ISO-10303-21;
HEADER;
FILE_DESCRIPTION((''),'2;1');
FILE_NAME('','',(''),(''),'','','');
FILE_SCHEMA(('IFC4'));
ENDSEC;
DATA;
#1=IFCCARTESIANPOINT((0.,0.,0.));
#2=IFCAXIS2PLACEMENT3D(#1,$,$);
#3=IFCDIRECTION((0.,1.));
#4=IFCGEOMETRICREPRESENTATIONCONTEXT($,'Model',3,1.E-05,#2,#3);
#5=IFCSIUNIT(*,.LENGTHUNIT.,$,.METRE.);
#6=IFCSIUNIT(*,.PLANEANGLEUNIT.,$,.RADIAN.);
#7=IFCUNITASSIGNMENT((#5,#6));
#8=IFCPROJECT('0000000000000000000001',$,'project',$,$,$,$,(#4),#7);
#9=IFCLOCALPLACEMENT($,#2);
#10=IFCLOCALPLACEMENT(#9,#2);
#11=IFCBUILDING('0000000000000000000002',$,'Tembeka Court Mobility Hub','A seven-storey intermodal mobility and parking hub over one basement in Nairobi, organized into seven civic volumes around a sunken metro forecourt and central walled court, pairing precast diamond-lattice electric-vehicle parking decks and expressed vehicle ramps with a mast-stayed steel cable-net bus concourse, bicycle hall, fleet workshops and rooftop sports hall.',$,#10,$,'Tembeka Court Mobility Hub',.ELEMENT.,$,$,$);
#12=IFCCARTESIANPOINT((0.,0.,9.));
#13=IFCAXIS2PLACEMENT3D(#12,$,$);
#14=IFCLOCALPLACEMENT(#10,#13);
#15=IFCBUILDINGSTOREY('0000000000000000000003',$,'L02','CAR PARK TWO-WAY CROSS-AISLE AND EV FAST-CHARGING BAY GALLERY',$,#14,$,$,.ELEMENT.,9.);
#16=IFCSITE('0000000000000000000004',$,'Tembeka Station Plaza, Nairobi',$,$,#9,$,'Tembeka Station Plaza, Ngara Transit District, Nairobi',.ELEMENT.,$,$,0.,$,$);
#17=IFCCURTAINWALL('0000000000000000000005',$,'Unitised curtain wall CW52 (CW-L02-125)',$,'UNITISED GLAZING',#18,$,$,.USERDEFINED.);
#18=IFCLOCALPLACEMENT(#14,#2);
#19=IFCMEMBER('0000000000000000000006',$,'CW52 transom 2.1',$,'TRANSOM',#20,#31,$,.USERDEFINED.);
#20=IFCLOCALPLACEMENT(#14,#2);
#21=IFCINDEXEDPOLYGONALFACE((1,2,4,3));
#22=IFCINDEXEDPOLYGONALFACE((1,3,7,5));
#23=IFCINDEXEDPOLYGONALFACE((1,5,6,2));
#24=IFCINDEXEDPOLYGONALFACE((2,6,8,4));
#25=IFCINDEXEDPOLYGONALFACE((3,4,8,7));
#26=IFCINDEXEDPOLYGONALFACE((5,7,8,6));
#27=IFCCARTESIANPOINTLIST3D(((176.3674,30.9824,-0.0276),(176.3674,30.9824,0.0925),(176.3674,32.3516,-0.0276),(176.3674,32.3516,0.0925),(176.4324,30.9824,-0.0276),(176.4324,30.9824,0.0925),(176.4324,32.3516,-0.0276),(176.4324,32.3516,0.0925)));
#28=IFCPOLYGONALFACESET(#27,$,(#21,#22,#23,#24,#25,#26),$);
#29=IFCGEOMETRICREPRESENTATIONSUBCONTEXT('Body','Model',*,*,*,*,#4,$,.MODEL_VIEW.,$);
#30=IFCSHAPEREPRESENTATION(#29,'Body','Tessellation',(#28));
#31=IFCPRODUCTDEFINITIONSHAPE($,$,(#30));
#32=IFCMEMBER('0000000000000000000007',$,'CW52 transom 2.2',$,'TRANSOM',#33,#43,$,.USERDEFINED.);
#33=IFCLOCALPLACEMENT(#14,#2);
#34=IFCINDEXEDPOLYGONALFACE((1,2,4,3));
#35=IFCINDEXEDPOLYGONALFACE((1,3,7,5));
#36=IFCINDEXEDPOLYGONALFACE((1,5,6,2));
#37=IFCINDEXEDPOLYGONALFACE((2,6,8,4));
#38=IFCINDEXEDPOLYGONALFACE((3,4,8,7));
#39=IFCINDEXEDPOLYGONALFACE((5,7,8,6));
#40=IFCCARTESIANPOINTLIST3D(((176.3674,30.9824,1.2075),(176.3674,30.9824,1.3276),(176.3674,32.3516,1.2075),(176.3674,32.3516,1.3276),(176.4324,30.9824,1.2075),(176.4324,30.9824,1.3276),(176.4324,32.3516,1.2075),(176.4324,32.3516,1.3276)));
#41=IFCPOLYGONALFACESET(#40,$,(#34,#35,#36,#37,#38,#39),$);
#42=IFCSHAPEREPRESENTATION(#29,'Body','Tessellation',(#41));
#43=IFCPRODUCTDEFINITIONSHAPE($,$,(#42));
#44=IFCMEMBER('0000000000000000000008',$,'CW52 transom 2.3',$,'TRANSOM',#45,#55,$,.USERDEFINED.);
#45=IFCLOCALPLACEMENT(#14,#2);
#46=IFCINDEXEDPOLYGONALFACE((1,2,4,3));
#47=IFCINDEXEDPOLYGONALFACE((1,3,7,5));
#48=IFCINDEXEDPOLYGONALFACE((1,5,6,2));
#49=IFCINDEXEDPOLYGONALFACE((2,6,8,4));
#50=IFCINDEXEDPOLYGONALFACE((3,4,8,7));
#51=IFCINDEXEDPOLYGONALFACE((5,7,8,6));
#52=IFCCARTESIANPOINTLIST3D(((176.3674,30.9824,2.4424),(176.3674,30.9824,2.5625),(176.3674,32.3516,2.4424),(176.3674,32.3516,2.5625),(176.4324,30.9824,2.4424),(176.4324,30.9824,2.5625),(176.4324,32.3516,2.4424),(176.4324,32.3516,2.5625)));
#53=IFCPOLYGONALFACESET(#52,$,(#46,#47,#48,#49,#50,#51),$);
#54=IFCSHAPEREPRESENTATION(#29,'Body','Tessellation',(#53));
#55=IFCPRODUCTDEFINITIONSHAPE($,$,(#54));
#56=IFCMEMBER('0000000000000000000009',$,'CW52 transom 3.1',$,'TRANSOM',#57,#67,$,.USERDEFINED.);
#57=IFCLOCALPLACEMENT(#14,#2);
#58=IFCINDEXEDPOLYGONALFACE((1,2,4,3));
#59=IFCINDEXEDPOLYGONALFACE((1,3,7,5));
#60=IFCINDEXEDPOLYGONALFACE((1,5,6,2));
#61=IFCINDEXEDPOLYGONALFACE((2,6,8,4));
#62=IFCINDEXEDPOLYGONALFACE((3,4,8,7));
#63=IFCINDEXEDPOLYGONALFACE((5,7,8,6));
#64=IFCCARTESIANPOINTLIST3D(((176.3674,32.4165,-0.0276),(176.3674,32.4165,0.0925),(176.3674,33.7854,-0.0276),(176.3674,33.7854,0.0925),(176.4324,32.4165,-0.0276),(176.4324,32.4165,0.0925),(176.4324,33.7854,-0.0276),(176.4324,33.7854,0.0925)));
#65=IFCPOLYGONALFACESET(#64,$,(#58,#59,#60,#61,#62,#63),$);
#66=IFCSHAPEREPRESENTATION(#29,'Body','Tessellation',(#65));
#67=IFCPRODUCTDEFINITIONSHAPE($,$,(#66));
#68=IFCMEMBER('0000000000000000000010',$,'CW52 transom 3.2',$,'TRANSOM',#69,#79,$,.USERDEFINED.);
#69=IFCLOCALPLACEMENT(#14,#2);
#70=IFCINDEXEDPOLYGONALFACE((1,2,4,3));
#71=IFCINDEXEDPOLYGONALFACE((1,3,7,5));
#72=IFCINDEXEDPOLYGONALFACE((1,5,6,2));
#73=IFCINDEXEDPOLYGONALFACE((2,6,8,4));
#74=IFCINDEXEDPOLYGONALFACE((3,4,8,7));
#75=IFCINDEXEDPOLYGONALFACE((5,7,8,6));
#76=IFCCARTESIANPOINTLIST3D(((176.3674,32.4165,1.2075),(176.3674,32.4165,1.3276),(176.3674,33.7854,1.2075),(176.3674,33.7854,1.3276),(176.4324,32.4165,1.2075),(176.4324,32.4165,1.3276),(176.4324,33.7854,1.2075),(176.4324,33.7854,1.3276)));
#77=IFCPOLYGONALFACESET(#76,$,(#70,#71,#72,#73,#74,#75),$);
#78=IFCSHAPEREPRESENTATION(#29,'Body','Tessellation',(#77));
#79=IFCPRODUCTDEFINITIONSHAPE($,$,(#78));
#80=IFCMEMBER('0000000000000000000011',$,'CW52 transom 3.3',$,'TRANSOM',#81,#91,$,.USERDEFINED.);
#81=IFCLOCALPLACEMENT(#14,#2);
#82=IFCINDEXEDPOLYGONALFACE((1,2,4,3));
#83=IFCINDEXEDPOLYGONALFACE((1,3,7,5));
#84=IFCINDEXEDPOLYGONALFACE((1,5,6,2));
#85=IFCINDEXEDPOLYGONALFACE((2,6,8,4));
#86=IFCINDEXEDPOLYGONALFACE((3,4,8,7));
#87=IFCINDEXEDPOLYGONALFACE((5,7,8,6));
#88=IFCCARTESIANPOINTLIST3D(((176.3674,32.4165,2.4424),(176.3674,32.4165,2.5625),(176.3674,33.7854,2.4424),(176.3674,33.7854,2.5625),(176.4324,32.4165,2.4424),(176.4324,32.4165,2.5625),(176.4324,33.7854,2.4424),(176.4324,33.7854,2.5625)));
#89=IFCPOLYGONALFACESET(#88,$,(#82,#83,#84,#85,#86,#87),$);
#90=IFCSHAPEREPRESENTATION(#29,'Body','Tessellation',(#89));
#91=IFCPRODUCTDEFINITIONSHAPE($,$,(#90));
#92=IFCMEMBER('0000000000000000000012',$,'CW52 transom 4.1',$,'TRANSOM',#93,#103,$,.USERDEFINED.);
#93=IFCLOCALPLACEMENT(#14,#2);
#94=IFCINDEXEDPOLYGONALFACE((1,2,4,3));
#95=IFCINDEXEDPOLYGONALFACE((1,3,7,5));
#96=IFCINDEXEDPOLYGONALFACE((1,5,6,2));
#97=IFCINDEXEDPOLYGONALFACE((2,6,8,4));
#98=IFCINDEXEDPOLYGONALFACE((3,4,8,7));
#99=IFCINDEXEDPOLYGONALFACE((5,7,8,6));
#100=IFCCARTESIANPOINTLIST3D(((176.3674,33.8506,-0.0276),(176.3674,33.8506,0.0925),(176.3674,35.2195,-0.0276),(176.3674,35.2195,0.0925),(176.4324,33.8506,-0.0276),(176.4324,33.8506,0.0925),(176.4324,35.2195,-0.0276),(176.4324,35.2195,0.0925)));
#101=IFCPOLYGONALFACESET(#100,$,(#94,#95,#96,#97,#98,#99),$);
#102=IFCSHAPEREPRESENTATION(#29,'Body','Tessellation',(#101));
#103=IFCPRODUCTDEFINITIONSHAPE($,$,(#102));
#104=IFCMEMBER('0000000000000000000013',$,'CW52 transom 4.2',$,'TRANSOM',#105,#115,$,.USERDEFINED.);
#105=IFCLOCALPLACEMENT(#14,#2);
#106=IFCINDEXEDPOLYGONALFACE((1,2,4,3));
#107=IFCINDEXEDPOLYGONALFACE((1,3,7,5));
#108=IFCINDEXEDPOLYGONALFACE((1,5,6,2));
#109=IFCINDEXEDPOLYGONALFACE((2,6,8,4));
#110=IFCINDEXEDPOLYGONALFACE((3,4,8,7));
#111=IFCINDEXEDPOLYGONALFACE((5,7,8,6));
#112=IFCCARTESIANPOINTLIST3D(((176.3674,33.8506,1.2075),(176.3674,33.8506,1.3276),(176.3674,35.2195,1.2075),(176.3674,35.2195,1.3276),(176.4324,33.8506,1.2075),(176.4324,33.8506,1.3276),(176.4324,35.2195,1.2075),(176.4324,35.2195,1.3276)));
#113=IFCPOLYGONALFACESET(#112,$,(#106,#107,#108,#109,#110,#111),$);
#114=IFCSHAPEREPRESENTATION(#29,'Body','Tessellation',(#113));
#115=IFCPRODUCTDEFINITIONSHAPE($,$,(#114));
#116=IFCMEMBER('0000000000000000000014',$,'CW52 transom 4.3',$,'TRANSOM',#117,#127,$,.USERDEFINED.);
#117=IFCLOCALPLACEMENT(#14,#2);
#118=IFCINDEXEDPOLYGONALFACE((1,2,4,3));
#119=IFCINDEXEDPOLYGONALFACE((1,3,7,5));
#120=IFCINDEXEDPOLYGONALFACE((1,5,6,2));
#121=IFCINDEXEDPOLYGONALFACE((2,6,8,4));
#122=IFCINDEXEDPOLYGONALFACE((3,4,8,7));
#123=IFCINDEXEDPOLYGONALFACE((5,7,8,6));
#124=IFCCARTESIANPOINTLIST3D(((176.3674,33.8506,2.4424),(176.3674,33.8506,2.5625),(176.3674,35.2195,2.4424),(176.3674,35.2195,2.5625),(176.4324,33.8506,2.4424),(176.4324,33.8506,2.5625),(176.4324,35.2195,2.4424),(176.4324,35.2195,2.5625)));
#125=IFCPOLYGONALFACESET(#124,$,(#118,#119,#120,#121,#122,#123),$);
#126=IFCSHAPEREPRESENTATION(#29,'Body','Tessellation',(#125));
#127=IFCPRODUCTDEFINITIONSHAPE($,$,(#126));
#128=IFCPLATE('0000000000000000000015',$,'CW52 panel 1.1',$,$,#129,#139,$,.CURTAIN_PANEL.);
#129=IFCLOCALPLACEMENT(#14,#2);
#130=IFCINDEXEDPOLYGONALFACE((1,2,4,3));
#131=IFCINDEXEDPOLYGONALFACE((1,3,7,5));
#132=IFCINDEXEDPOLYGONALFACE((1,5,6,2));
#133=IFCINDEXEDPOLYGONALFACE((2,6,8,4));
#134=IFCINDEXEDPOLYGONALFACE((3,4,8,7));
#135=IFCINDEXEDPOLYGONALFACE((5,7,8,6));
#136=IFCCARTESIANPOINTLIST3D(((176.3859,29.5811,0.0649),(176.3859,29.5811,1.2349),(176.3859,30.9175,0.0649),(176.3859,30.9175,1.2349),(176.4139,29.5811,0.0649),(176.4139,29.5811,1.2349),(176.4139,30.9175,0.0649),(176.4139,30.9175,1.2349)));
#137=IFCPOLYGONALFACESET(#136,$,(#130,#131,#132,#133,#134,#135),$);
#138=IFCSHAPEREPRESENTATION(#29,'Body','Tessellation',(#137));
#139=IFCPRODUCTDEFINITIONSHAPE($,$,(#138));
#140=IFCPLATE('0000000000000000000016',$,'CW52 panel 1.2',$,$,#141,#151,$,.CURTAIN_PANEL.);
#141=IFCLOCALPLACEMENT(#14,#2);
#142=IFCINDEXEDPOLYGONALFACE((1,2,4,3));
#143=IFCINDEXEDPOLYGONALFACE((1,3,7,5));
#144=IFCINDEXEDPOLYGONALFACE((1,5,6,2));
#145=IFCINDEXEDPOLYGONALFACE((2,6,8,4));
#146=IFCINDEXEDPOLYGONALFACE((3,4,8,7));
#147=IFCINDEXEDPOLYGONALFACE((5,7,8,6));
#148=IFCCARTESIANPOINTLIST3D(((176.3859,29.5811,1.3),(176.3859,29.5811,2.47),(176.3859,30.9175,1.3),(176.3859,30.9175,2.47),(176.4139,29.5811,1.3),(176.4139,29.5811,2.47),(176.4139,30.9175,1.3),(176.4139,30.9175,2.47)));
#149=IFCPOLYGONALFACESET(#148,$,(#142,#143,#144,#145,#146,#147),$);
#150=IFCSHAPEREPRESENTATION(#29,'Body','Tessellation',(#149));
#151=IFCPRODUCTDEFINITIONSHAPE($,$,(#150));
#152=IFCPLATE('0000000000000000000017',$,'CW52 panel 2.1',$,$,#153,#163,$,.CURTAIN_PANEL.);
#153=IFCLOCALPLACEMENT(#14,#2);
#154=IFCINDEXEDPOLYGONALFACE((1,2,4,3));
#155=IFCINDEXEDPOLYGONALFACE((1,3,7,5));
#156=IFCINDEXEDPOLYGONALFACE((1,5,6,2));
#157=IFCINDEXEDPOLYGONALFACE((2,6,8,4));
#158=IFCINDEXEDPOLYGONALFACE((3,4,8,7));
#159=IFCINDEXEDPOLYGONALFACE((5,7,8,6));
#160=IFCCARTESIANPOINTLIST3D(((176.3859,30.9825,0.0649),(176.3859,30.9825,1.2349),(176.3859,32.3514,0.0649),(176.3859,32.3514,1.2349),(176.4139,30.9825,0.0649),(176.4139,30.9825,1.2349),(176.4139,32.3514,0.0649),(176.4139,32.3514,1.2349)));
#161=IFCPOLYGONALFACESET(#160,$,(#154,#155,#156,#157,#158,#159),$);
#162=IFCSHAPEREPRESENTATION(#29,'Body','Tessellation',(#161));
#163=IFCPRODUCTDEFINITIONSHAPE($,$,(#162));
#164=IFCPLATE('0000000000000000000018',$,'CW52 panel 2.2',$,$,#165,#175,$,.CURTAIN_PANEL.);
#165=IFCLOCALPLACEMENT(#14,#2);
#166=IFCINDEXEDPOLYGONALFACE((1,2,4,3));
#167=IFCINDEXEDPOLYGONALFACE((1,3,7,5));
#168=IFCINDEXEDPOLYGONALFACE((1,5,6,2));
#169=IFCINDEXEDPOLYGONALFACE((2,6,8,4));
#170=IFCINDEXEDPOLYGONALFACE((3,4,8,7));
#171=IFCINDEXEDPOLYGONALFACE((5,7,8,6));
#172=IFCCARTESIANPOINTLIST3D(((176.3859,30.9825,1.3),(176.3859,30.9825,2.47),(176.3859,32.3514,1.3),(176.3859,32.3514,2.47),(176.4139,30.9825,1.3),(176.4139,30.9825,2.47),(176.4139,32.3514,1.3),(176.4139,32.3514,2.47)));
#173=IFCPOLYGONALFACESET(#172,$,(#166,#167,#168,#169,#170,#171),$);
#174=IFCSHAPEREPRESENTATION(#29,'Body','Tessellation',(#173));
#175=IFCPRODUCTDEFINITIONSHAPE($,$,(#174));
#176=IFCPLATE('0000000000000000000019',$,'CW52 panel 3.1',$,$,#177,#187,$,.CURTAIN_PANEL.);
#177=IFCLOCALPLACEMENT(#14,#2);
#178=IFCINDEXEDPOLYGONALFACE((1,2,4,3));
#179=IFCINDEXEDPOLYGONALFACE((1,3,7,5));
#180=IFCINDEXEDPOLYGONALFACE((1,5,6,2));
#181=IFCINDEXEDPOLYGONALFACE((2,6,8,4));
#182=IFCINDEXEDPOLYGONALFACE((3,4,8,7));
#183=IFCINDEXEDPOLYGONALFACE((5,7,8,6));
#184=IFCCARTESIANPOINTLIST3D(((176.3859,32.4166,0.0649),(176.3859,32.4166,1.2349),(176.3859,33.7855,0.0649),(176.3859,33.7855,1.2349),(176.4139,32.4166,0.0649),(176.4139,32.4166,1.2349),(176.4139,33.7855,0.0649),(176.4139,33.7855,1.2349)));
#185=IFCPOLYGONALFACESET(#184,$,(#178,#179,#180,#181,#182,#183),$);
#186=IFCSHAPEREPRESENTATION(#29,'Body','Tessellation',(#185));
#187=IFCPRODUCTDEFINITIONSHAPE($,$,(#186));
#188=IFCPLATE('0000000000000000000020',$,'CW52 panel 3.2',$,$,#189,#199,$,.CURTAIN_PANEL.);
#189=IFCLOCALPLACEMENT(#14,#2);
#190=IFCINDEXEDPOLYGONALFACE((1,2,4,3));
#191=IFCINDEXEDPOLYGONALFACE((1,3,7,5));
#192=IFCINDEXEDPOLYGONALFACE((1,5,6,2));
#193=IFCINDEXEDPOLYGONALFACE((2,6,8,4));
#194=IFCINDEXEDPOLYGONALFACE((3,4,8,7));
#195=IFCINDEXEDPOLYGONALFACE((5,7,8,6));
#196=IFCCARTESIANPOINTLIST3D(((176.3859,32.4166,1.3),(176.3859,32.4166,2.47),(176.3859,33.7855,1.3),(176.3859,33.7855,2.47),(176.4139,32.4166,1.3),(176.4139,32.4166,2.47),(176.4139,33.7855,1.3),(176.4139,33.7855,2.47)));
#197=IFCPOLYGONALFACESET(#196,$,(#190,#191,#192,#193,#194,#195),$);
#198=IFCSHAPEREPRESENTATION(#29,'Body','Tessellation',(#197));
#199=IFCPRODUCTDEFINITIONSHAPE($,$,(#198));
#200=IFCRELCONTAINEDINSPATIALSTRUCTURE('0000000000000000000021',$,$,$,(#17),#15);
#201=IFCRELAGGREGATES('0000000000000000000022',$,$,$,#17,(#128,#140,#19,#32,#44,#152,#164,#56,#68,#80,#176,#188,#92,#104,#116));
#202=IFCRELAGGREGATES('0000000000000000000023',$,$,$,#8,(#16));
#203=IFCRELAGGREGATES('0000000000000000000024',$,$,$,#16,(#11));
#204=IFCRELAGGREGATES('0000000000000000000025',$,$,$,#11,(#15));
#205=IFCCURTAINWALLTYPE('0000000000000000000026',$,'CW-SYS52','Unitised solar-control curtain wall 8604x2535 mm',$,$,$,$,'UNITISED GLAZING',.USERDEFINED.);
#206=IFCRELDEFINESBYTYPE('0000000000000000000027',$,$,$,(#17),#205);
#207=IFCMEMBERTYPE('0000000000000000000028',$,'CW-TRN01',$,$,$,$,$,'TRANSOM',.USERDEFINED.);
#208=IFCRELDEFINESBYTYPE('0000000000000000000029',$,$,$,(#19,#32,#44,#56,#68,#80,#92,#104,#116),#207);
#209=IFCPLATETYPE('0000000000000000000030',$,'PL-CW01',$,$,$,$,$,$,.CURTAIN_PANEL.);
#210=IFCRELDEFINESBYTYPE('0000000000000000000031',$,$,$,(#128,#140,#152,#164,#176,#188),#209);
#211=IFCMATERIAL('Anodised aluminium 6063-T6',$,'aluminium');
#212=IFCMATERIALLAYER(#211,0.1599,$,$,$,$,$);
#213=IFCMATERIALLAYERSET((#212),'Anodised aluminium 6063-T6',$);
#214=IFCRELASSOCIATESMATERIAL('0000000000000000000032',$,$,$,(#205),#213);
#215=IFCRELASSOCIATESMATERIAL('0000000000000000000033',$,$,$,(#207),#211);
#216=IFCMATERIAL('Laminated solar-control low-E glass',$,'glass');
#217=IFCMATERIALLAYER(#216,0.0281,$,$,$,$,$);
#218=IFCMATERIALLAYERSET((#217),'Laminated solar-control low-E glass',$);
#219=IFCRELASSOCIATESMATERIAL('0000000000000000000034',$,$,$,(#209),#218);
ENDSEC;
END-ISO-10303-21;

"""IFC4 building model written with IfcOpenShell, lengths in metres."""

from ifc_helpers import new_model, si_unit, direction, frame, origin, origin_2d, place, context, subcontext, project, spatial, rectangle, extrude, material, layer, layer_set, material_profile, profile_set, type_object, element, aggregate, save


model = new_model("IFC4")

# Units and contexts
model_context = context("Model", 3, precision=1e-05, world=origin(), true_north=direction((0.0, 1.0)))
body_context = subcontext(model_context, "Body", "Model", "MODEL_VIEW")
ifc_project = project(units=[si_unit("LENGTHUNIT", "METRE"), si_unit("PLANEANGLEUNIT", "RADIAN")], contexts=[model_context])

# Site, building, storey
site_placement = place(None, origin())
site = spatial("IfcSite", under=ifc_project, at=site_placement, Name="Tembeka Station Plaza, Nairobi", LongName="Tembeka Station Plaza, Ngara Transit District, Nairobi", CompositionType="ELEMENT", RefElevation=0.0)
building_placement = place(site_placement, origin())
building = spatial("IfcBuilding", under=site, at=building_placement, Name="Tembeka Court Mobility Hub", Description="A seven-storey intermodal mobility and parking hub over one basement in Nairobi, organized into seven civic volumes around a sunken metro forecourt and central walled court, pairing precast diamond-lattice electric-vehicle parking decks and expressed vehicle ramps with a mast-stayed steel cable-net bus concourse, bicycle hall, fleet workshops and rooftop sports hall.", LongName="Tembeka Court Mobility Hub", CompositionType="ELEMENT")
storey_placement = place(building_placement, frame((0.0, 0.0, 9.0)))
storey = spatial("IfcBuildingStorey", under=building, at=storey_placement, Name="L02", Description="CAR PARK TWO-WAY CROSS-AISLE AND EV FAST-CHARGING BAY GALLERY", CompositionType="ELEMENT", Elevation=9.0)

# Curtain wall
ifc_material_1 = material(Name="Anodised aluminium 6063-T6", Category="aluminium")
ifc_layer_1 = layer(ifc_material_1, 0.1599)
ifc_layer_set_1 = layer_set([ifc_layer_1], Name="Anodised aluminium 6063-T6")
curtain_wall_type_1 = type_object("IfcCurtainWallType", Name="CW-SYS52", Description="Unitised solar-control curtain wall 8604x2535 mm", ElementType="UNITISED GLAZING", PredefinedType="USERDEFINED", material=ifc_layer_set_1)
curtain_wall_1_placement = place(storey_placement, origin())
curtain_wall_1 = element("IfcCurtainWall", 1, at=curtain_wall_1_placement, inside=storey, type_object=curtain_wall_type_1, Name="Unitised curtain wall CW52 (CW-L02-125)", ObjectType="UNITISED GLAZING", PredefinedType="USERDEFINED")

# Members
ifc_material_profile_1 = material_profile(ifc_material_1, rectangle(XDim=0.0649, YDim=0.1201, at=origin_2d()), Name="ALU-TRN 65x120")
ifc_profile_set_1 = profile_set([ifc_material_profile_1], Name="Anodised aluminium 6063-T6")
member_type_1 = type_object("IfcMemberType", Name="CW-TRN01", ElementType="TRANSOM", PredefinedType="USERDEFINED", material=ifc_profile_set_1)
member_1_placement = place(storey_placement, frame((176.3999, 30.9824, 0.0325), z_axis=(0.0, 1.0, 0.0), x_axis=(-1.0, 0.0, 0.0)))
member_1 = element("IfcMember", 2, at=member_1_placement, type_object=member_type_1, Name="CW52 transom 2.1", ObjectType="TRANSOM", PredefinedType="USERDEFINED", context=body_context, shape_type="SweptSolid", body=[
    extrude(rectangle(XDim=0.0649, YDim=0.1201, at=origin_2d()), origin(), (0.0, 0.0, 1.0), 1.3691),
])
member_2_placement = place(storey_placement, frame((176.3999, 30.9824, 1.2676), z_axis=(0.0, 1.0, 0.0), x_axis=(-1.0, 0.0, 0.0)))
member_2 = element("IfcMember", 3, at=member_2_placement, type_object=member_type_1, Name="CW52 transom 2.2", ObjectType="TRANSOM", PredefinedType="USERDEFINED", context=body_context, shape_type="SweptSolid", body=[
    extrude(rectangle(XDim=0.0649, YDim=0.1201, at=origin_2d()), origin(), (0.0, 0.0, 1.0), 1.3691),
])
member_3_placement = place(storey_placement, frame((176.3999, 30.9824, 2.5024), z_axis=(0.0, 1.0, 0.0), x_axis=(-1.0, 0.0, 0.0)))
member_3 = element("IfcMember", 4, at=member_3_placement, type_object=member_type_1, Name="CW52 transom 2.3", ObjectType="TRANSOM", PredefinedType="USERDEFINED", context=body_context, shape_type="SweptSolid", body=[
    extrude(rectangle(XDim=0.0649, YDim=0.1201, at=origin_2d()), origin(), (0.0, 0.0, 1.0), 1.3691),
])
member_4_placement = place(storey_placement, frame((176.3999, 32.4165, 0.0325), z_axis=(0.0, 1.0, 0.0), x_axis=(-1.0, 0.0, 0.0)))
member_4 = element("IfcMember", 5, at=member_4_placement, type_object=member_type_1, Name="CW52 transom 3.1", ObjectType="TRANSOM", PredefinedType="USERDEFINED", context=body_context, shape_type="SweptSolid", body=[
    extrude(rectangle(XDim=0.0649, YDim=0.1201, at=origin_2d()), origin(), (0.0, 0.0, 1.0), 1.3689),
])
member_5_placement = place(storey_placement, frame((176.3999, 32.4165, 1.2676), z_axis=(0.0, 1.0, 0.0), x_axis=(-1.0, 0.0, 0.0)))
member_5 = element("IfcMember", 6, at=member_5_placement, type_object=member_type_1, Name="CW52 transom 3.2", ObjectType="TRANSOM", PredefinedType="USERDEFINED", context=body_context, shape_type="SweptSolid", body=[
    extrude(rectangle(XDim=0.0649, YDim=0.1201, at=origin_2d()), origin(), (0.0, 0.0, 1.0), 1.3689),
])
member_6_placement = place(storey_placement, frame((176.3999, 32.4165, 2.5024), z_axis=(0.0, 1.0, 0.0), x_axis=(-1.0, 0.0, 0.0)))
member_6 = element("IfcMember", 7, at=member_6_placement, type_object=member_type_1, Name="CW52 transom 3.3", ObjectType="TRANSOM", PredefinedType="USERDEFINED", context=body_context, shape_type="SweptSolid", body=[
    extrude(rectangle(XDim=0.0649, YDim=0.1201, at=origin_2d()), origin(), (0.0, 0.0, 1.0), 1.3689),
])
member_7_placement = place(storey_placement, frame((176.3999, 33.8506, 0.0325), z_axis=(0.0, 1.0, 0.0), x_axis=(-1.0, 0.0, 0.0)))
member_7 = element("IfcMember", 8, at=member_7_placement, type_object=member_type_1, Name="CW52 transom 4.1", ObjectType="TRANSOM", PredefinedType="USERDEFINED", context=body_context, shape_type="SweptSolid", body=[
    extrude(rectangle(XDim=0.0649, YDim=0.1201, at=origin_2d()), origin(), (0.0, 0.0, 1.0), 1.3689),
])
member_8_placement = place(storey_placement, frame((176.3999, 33.8506, 1.2676), z_axis=(0.0, 1.0, 0.0), x_axis=(-1.0, 0.0, 0.0)))
member_8 = element("IfcMember", 9, at=member_8_placement, type_object=member_type_1, Name="CW52 transom 4.2", ObjectType="TRANSOM", PredefinedType="USERDEFINED", context=body_context, shape_type="SweptSolid", body=[
    extrude(rectangle(XDim=0.0649, YDim=0.1201, at=origin_2d()), origin(), (0.0, 0.0, 1.0), 1.3689),
])
member_9_placement = place(storey_placement, frame((176.3999, 33.8506, 2.5024), z_axis=(0.0, 1.0, 0.0), x_axis=(-1.0, 0.0, 0.0)))
member_9 = element("IfcMember", 10, at=member_9_placement, type_object=member_type_1, Name="CW52 transom 4.3", ObjectType="TRANSOM", PredefinedType="USERDEFINED", context=body_context, shape_type="SweptSolid", body=[
    extrude(rectangle(XDim=0.0649, YDim=0.1201, at=origin_2d()), origin(), (0.0, 0.0, 1.0), 1.3689),
])

# Plates
ifc_material_2 = material(Name="Laminated solar-control low-E glass", Category="glass")
ifc_layer_2 = layer(ifc_material_2, 0.0281)
ifc_layer_set_2 = layer_set([ifc_layer_2], Name="Laminated solar-control low-E glass")
plate_type_1 = type_object("IfcPlateType", Name="PL-CW01", PredefinedType="CURTAIN_PANEL", material=ifc_layer_set_2)
plate_1_placement = place(storey_placement, frame((176.3999, 30.2493, 0.0649), z_axis=(0.0, 0.0, 1.0), x_axis=(0.0, 1.0, 0.0)))
plate_1 = element("IfcPlate", 11, at=plate_1_placement, type_object=plate_type_1, Name="CW52 panel 1.1", PredefinedType="CURTAIN_PANEL", context=body_context, shape_type="SweptSolid", body=[
    extrude(rectangle(XDim=1.3364, YDim=0.0281, at=origin_2d()), origin(), (0.0, 0.0, 1.0), 1.1699),
])
plate_2_placement = place(storey_placement, frame((176.3999, 30.2493, 1.3), z_axis=(0.0, 0.0, 1.0), x_axis=(0.0, 1.0, 0.0)))
plate_2 = element("IfcPlate", 12, at=plate_2_placement, type_object=plate_type_1, Name="CW52 panel 1.2", PredefinedType="CURTAIN_PANEL", context=body_context, shape_type="SweptSolid", body=[
    extrude(rectangle(XDim=1.3364, YDim=0.0281, at=origin_2d()), origin(), (0.0, 0.0, 1.0), 1.1699),
])
plate_3_placement = place(storey_placement, frame((176.3999, 31.667, 0.0649), z_axis=(0.0, 0.0, 1.0), x_axis=(0.0, 1.0, 0.0)))
plate_3 = element("IfcPlate", 13, at=plate_3_placement, type_object=plate_type_1, Name="CW52 panel 2.1", PredefinedType="CURTAIN_PANEL", context=body_context, shape_type="SweptSolid", body=[
    extrude(rectangle(XDim=1.3689, YDim=0.0281, at=origin_2d()), origin(), (0.0, 0.0, 1.0), 1.1699),
])
plate_4_placement = place(storey_placement, frame((176.3999, 31.667, 1.3), z_axis=(0.0, 0.0, 1.0), x_axis=(0.0, 1.0, 0.0)))
plate_4 = element("IfcPlate", 14, at=plate_4_placement, type_object=plate_type_1, Name="CW52 panel 2.2", PredefinedType="CURTAIN_PANEL", context=body_context, shape_type="SweptSolid", body=[
    extrude(rectangle(XDim=1.3689, YDim=0.0281, at=origin_2d()), origin(), (0.0, 0.0, 1.0), 1.1699),
])
plate_5_placement = place(storey_placement, frame((176.3999, 33.1011, 0.0649), z_axis=(0.0, 0.0, 1.0), x_axis=(0.0, 1.0, 0.0)))
plate_5 = element("IfcPlate", 15, at=plate_5_placement, type_object=plate_type_1, Name="CW52 panel 3.1", PredefinedType="CURTAIN_PANEL", context=body_context, shape_type="SweptSolid", body=[
    extrude(rectangle(XDim=1.3689, YDim=0.0281, at=origin_2d()), origin(), (0.0, 0.0, 1.0), 1.1699),
])
plate_6_placement = place(storey_placement, frame((176.3999, 33.1011, 1.3), z_axis=(0.0, 0.0, 1.0), x_axis=(0.0, 1.0, 0.0)))
plate_6 = element("IfcPlate", 16, at=plate_6_placement, type_object=plate_type_1, Name="CW52 panel 3.2", PredefinedType="CURTAIN_PANEL", context=body_context, shape_type="SweptSolid", body=[
    extrude(rectangle(XDim=1.3689, YDim=0.0281, at=origin_2d()), origin(), (0.0, 0.0, 1.0), 1.1699),
])
aggregate(curtain_wall_1, [plate_1, plate_2, member_1, member_2, member_3, plate_3, plate_4, member_4, member_5, member_6, plate_5, plate_6, member_7, member_8, member_9])

save(model, "model.ifc")
